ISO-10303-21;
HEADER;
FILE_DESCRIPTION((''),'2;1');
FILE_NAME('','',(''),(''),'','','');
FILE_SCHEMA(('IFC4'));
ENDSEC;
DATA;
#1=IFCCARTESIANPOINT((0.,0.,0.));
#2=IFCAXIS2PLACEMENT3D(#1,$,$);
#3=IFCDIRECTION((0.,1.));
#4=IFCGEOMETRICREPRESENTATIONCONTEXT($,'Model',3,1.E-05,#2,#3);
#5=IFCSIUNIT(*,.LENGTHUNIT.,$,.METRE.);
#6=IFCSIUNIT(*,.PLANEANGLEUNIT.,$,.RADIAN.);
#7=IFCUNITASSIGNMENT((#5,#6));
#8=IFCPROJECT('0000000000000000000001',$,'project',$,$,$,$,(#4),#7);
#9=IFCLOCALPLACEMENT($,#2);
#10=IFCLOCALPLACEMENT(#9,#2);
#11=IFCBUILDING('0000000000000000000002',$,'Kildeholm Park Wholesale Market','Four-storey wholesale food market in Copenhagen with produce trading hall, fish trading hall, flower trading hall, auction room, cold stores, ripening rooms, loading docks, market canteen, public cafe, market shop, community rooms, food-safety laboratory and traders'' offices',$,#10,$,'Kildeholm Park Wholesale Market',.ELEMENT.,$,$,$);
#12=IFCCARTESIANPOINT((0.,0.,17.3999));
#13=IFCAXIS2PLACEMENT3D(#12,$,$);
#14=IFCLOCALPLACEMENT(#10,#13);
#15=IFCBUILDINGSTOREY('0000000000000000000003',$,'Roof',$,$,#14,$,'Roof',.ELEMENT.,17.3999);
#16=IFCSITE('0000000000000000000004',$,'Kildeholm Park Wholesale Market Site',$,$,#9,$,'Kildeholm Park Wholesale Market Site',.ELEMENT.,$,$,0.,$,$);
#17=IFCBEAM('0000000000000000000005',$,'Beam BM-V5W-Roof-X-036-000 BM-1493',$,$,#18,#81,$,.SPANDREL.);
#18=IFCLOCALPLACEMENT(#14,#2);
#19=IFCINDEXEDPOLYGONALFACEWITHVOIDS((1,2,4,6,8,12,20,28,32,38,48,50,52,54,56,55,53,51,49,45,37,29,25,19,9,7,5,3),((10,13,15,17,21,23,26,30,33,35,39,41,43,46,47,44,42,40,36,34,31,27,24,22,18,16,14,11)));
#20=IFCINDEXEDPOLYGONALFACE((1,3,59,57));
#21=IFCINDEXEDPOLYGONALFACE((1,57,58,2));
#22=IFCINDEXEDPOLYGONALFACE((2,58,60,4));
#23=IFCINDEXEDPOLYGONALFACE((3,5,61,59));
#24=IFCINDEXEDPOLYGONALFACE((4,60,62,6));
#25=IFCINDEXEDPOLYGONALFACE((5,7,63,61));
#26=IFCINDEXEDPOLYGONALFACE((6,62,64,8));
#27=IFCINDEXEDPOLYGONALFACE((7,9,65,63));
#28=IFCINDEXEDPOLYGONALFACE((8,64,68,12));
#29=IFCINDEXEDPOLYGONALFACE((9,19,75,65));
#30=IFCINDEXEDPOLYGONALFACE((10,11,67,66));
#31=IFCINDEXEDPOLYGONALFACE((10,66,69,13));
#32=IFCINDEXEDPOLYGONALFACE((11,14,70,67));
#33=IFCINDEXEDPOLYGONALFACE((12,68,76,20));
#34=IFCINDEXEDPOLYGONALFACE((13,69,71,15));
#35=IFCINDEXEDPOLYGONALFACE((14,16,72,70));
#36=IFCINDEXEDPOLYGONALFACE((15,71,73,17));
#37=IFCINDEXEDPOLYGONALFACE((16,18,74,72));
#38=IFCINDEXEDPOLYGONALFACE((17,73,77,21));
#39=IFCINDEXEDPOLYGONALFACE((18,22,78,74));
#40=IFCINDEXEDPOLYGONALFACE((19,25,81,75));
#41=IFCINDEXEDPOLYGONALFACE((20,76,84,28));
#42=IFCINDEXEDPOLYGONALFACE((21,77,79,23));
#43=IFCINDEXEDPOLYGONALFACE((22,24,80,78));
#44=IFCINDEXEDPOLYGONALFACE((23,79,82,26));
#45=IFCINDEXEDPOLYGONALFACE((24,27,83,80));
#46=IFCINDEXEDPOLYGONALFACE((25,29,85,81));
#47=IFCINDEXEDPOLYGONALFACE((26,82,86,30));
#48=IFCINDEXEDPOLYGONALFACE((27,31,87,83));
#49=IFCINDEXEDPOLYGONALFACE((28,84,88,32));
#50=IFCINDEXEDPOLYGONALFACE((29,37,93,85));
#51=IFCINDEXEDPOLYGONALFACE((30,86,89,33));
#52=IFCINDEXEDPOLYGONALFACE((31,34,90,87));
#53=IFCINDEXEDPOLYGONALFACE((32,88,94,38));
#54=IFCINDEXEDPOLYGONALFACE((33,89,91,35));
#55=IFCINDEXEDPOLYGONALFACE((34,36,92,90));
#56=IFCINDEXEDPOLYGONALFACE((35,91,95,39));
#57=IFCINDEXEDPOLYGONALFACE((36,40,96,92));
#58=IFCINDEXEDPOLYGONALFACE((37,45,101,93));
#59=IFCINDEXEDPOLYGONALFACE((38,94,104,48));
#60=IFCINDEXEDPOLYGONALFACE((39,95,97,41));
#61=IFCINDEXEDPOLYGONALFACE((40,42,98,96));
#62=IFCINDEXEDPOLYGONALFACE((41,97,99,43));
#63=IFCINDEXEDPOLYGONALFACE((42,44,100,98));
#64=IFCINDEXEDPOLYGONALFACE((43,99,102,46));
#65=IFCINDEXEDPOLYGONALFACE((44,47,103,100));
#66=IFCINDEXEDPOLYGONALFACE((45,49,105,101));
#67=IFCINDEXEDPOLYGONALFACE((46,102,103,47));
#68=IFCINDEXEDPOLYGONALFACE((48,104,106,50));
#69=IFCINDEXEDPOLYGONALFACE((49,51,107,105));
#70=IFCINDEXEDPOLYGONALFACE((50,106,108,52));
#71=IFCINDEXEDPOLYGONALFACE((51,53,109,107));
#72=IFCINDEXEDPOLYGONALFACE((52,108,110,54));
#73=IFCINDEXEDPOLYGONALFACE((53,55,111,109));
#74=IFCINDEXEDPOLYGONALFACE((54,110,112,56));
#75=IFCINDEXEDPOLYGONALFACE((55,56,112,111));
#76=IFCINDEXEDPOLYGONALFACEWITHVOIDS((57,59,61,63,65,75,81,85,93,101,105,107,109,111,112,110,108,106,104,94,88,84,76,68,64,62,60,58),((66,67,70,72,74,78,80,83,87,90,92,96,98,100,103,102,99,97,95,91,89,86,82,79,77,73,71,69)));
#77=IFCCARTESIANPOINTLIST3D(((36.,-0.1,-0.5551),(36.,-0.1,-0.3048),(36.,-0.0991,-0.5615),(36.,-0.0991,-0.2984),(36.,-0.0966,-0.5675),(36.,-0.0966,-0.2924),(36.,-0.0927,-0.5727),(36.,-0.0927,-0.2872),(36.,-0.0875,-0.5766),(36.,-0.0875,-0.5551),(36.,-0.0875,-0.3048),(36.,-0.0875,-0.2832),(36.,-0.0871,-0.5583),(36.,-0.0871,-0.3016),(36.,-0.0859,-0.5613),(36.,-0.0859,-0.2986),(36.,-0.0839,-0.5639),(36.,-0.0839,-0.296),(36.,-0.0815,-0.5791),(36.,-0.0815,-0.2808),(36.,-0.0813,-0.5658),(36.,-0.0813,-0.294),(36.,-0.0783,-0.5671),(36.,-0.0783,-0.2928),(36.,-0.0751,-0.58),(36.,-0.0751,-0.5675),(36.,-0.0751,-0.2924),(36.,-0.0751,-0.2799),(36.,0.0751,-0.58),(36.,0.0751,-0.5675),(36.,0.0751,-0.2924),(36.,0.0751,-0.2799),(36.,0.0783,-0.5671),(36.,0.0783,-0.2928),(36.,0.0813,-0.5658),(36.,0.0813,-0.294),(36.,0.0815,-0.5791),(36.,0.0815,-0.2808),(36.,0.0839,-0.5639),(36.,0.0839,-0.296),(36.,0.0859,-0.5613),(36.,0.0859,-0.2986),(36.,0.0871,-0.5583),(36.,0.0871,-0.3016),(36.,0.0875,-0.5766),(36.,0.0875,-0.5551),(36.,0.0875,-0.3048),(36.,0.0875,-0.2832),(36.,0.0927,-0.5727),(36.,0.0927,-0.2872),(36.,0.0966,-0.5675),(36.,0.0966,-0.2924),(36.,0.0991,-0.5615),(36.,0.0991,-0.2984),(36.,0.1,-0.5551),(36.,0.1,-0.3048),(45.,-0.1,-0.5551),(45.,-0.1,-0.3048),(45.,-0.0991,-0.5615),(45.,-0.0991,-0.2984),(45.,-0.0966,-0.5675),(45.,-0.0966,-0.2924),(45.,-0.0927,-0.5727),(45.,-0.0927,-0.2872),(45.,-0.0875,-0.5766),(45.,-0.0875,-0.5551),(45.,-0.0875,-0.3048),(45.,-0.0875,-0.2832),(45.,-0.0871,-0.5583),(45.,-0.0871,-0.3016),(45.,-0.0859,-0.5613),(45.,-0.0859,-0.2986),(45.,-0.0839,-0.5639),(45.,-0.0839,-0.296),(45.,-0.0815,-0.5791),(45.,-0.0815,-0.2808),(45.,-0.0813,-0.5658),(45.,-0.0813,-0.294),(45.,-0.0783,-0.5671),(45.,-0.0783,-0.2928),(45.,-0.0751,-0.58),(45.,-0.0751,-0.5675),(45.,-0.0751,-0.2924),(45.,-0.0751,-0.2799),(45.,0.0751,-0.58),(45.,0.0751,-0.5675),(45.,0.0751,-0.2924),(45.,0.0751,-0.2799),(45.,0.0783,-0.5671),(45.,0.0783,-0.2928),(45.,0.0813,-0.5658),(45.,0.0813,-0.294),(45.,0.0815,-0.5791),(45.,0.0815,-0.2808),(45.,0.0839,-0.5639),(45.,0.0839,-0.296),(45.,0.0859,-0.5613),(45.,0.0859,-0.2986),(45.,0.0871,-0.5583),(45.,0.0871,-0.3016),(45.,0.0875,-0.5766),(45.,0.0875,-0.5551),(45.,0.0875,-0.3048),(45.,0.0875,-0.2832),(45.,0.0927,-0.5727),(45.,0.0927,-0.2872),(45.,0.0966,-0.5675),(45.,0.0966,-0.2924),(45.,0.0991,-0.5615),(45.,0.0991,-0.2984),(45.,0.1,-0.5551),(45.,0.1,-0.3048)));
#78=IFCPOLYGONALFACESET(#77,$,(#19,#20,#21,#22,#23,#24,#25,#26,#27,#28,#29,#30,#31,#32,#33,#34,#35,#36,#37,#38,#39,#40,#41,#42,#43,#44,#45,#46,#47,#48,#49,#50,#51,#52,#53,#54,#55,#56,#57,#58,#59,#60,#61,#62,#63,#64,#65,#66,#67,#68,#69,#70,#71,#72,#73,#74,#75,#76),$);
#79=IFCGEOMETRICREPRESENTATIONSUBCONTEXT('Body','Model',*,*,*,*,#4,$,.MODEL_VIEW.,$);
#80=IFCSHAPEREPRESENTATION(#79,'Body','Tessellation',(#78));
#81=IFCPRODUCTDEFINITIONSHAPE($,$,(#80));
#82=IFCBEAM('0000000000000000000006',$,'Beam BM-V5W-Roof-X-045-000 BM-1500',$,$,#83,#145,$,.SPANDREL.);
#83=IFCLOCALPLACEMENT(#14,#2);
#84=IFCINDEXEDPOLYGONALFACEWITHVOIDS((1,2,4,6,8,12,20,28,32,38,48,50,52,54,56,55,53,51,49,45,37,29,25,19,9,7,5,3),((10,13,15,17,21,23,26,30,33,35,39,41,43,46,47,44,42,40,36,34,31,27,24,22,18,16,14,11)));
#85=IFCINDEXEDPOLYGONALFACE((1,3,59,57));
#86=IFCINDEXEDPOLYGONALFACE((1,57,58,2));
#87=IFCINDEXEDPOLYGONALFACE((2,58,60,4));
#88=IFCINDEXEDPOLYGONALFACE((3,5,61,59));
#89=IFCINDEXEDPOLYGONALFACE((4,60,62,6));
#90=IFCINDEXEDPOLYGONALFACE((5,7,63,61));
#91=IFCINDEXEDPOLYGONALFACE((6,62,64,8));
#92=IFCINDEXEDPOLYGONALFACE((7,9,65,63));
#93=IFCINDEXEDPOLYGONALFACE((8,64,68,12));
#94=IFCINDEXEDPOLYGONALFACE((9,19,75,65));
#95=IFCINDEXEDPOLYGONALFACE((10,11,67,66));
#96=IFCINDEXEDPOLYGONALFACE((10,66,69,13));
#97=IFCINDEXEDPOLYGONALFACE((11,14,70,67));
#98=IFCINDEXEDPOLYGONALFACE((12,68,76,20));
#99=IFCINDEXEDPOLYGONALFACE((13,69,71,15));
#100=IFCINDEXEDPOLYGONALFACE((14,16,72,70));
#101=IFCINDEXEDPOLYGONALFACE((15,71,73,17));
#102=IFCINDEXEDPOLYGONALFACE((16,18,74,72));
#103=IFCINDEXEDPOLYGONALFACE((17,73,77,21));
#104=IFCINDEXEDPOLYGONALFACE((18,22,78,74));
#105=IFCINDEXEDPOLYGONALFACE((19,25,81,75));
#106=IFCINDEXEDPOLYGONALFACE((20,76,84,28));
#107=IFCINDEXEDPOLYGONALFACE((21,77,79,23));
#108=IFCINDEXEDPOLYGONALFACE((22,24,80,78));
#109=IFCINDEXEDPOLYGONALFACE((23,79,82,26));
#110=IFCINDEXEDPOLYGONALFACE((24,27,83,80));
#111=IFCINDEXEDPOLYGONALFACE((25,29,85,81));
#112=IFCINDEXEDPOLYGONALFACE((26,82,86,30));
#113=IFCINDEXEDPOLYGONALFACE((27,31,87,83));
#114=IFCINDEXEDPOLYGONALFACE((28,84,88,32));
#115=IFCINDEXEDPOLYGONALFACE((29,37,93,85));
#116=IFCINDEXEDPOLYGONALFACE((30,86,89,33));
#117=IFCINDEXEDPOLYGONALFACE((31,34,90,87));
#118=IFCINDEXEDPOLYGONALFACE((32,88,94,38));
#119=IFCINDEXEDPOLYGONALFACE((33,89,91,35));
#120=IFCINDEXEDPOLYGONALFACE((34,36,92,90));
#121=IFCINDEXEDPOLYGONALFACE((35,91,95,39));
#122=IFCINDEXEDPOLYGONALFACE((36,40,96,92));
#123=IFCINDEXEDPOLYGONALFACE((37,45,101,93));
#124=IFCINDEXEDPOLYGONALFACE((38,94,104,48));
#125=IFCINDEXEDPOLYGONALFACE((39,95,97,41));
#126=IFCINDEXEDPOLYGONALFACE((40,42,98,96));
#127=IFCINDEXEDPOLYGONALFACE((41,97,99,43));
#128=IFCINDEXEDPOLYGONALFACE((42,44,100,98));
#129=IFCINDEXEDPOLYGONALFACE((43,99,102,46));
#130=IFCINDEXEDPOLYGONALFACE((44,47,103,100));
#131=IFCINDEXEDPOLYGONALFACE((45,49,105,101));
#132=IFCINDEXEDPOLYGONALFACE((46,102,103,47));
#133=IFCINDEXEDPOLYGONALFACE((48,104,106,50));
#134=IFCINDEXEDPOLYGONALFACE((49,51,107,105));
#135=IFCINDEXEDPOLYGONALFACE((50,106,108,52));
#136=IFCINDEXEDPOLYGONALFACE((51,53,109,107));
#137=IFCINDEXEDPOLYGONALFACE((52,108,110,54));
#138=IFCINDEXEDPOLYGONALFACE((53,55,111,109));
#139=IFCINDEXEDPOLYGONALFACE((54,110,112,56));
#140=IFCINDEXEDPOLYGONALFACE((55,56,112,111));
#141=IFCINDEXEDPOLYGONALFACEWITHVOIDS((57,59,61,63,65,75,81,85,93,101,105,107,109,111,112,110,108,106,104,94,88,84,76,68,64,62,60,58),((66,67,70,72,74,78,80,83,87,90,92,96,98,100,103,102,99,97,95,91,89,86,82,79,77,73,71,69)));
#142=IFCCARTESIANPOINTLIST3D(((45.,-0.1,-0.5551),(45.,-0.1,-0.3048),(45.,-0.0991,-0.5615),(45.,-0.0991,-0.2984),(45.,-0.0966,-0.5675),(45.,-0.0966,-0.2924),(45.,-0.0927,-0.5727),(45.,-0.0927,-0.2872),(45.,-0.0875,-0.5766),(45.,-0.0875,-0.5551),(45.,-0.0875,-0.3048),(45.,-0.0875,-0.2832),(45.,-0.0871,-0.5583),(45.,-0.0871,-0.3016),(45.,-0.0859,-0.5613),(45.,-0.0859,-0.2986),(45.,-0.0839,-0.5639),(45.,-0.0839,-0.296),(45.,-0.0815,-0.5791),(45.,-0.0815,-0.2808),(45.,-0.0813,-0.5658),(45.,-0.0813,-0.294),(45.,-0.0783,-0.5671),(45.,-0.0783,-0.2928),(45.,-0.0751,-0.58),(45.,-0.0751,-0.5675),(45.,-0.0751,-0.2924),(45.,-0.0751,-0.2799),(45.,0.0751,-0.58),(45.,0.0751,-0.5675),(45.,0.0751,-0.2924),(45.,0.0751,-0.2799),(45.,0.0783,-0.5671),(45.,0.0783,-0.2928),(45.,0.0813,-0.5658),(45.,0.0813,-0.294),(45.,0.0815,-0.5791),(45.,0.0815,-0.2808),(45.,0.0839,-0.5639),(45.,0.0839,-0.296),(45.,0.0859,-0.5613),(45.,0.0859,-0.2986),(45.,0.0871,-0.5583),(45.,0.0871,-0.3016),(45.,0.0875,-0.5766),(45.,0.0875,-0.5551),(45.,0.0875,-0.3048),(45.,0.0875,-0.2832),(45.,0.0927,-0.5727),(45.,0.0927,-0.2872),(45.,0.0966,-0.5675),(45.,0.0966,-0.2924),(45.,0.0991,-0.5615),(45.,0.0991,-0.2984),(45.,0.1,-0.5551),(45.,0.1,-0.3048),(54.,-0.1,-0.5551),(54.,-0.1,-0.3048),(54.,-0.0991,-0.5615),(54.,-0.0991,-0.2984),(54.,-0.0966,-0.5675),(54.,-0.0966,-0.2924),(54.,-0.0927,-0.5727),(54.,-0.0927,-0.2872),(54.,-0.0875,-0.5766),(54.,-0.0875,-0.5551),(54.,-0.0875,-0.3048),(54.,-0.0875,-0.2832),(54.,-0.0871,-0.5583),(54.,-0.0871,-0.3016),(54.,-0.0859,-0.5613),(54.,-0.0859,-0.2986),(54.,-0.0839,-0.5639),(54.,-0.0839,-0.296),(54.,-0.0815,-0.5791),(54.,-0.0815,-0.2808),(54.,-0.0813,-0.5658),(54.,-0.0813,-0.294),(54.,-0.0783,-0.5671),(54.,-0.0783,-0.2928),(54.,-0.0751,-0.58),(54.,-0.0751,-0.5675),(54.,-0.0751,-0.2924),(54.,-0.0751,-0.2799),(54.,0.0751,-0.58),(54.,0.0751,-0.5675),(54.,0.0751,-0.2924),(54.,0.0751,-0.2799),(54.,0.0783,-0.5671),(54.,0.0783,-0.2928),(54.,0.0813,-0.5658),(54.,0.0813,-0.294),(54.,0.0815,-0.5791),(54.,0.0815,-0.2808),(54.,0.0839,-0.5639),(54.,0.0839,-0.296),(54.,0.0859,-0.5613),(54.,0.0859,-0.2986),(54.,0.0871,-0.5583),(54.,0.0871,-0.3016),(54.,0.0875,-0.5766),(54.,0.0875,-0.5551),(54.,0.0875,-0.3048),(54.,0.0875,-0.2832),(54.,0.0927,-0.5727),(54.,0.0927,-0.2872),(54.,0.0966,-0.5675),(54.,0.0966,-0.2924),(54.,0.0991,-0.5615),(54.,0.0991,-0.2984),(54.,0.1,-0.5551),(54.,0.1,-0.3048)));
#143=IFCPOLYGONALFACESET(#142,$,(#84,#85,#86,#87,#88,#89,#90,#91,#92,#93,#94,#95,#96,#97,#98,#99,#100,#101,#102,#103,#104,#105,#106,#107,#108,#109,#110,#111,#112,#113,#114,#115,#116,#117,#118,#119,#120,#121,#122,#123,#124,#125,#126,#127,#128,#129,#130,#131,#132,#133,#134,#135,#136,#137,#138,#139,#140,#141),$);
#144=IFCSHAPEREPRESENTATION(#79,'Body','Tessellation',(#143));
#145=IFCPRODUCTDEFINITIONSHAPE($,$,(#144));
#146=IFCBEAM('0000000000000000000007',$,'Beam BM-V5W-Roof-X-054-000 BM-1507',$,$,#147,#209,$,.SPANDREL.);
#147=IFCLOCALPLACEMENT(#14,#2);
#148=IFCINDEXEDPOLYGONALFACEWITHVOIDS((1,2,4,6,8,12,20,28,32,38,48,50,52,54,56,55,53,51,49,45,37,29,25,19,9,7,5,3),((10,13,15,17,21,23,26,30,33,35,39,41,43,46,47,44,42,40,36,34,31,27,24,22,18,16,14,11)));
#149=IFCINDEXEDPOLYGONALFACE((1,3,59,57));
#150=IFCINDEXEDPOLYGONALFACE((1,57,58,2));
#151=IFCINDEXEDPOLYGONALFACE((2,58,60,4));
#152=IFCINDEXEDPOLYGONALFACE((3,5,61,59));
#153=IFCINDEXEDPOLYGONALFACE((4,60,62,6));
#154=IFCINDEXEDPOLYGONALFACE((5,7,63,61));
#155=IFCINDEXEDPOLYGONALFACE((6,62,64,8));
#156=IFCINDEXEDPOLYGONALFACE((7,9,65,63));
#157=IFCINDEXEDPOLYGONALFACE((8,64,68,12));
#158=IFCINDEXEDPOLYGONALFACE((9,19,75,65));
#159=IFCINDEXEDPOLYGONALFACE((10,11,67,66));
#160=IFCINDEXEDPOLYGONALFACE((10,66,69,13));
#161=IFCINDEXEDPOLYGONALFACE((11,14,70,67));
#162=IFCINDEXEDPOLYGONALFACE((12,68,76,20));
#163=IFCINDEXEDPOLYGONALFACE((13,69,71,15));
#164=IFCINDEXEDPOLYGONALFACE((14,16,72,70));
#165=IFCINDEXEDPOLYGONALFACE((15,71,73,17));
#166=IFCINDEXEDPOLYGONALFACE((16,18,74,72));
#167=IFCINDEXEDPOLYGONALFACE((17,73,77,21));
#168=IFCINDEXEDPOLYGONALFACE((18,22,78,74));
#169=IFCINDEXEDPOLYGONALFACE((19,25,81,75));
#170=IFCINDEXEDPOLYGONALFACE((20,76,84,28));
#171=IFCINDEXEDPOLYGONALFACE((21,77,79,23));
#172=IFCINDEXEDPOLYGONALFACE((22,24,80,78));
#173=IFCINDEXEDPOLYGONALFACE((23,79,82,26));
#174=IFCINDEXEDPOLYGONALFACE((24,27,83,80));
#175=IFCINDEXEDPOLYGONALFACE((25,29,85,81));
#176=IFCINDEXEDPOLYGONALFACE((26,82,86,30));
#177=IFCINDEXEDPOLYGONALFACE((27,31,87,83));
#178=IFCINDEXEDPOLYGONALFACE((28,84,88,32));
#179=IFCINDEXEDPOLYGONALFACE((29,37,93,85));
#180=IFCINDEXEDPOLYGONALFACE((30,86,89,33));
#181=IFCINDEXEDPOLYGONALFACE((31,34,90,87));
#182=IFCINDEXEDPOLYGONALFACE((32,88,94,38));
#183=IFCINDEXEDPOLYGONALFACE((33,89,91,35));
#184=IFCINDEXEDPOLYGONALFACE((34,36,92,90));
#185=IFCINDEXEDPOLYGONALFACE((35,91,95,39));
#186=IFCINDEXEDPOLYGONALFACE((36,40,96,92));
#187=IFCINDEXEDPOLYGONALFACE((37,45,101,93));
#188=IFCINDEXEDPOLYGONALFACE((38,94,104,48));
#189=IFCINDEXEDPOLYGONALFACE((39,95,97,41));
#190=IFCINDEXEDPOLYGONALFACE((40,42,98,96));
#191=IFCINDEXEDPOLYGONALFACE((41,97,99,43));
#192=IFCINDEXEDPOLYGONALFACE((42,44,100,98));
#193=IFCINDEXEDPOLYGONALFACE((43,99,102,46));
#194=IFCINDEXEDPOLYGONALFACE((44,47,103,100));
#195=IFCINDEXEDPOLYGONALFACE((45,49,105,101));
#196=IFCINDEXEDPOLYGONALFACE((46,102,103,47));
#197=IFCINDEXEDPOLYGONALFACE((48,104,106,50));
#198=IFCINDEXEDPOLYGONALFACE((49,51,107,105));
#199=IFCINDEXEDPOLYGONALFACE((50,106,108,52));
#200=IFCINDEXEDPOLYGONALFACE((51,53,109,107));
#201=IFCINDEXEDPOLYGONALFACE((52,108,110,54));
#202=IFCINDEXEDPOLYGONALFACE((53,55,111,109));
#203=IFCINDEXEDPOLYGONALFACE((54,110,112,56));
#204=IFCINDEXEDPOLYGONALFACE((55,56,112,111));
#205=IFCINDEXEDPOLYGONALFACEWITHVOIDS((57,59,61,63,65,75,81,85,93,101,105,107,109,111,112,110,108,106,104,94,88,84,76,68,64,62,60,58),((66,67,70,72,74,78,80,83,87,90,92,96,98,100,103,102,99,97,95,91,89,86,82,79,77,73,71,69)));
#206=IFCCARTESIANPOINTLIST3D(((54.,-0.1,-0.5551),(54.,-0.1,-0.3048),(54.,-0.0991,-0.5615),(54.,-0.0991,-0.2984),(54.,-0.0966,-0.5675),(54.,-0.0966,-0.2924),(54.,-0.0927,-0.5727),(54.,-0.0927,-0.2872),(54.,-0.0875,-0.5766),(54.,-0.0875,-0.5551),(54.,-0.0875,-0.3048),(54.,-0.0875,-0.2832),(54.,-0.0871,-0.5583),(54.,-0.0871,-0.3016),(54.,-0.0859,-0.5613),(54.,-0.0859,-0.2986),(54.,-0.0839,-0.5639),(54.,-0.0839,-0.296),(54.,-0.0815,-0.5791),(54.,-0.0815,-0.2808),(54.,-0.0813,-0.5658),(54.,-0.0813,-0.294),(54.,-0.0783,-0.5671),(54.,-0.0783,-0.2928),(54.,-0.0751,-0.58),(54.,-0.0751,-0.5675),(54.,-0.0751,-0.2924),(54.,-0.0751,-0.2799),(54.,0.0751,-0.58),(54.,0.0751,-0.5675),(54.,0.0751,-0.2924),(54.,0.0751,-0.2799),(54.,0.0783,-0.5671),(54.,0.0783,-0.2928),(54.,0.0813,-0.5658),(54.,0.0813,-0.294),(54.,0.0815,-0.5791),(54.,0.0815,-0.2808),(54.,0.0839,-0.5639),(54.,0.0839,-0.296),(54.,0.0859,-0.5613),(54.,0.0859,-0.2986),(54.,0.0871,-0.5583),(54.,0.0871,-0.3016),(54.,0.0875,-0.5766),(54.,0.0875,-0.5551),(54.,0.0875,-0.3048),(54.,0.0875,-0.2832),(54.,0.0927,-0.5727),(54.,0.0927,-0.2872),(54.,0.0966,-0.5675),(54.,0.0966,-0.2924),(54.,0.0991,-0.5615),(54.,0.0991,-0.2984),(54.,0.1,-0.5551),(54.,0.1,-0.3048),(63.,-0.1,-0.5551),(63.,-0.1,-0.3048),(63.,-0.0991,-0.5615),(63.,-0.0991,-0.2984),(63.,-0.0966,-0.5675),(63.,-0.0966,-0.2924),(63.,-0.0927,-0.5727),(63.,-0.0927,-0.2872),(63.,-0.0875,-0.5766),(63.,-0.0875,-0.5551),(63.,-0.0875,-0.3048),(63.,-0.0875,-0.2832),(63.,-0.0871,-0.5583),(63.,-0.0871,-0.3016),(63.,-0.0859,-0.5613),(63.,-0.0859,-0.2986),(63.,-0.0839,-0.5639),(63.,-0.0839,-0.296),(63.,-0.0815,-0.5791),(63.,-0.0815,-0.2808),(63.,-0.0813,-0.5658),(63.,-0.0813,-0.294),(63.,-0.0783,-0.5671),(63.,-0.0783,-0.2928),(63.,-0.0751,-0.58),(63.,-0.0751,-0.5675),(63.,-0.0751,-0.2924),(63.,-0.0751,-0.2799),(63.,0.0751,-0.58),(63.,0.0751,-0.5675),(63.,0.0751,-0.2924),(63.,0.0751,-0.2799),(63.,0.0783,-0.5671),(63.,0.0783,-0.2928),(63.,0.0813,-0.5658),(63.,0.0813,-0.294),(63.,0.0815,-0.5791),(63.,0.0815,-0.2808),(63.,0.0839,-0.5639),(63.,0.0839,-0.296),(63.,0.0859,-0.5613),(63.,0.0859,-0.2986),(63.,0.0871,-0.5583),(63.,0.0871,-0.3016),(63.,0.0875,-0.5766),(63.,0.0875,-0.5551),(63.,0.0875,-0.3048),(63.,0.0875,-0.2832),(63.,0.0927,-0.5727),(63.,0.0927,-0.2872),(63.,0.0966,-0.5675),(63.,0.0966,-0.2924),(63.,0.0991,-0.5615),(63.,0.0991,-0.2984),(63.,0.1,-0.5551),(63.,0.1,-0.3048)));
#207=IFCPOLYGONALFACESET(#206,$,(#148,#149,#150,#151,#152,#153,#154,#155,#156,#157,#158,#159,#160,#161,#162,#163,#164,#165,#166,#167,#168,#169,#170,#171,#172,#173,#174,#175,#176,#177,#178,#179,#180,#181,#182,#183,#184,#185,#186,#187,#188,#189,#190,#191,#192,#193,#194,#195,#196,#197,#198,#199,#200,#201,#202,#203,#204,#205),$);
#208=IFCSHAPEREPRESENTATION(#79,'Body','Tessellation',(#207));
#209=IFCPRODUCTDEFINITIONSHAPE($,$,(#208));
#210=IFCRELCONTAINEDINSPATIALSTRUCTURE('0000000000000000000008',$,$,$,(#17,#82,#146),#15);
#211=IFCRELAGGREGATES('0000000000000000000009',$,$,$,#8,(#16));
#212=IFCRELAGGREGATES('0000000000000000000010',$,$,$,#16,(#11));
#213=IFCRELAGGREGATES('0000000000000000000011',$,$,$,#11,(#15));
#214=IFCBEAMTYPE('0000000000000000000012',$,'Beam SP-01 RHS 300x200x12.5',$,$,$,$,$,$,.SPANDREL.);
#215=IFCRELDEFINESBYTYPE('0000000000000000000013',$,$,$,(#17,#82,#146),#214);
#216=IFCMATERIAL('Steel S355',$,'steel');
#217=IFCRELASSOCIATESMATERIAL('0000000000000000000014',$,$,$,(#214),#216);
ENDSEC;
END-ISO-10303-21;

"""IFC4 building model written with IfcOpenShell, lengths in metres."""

from ifc_helpers import new_model, si_unit, direction, frame, origin, origin_2d, place, context, subcontext, project, spatial, hollow_rectangle, extrude, material, material_profile, profile_set, type_object, element, save


model = new_model("IFC4")

# Units and contexts
model_context = context("Model", 3, precision=1e-05, world=origin(), true_north=direction((0.0, 1.0)))
body_context = subcontext(model_context, "Body", "Model", "MODEL_VIEW")
ifc_project = project(units=[si_unit("LENGTHUNIT", "METRE"), si_unit("PLANEANGLEUNIT", "RADIAN")], contexts=[model_context])

# Site, building, storey
site_placement = place(None, origin())
site = spatial("IfcSite", under=ifc_project, at=site_placement, Name="Kildeholm Park Wholesale Market Site", LongName="Kildeholm Park Wholesale Market Site", CompositionType="ELEMENT", RefElevation=0.0)
building_placement = place(site_placement, origin())
building = spatial("IfcBuilding", under=site, at=building_placement, Name="Kildeholm Park Wholesale Market", Description="Four-storey wholesale food market in Copenhagen with produce trading hall, fish trading hall, flower trading hall, auction room, cold stores, ripening rooms, loading docks, market canteen, public cafe, market shop, community rooms, food-safety laboratory and traders' offices", LongName="Kildeholm Park Wholesale Market", CompositionType="ELEMENT")
storey_placement = place(building_placement, frame((0.0, 0.0, 17.3999)))
storey = spatial("IfcBuildingStorey", under=building, at=storey_placement, Name="Roof", LongName="Roof", CompositionType="ELEMENT", Elevation=17.3999)

# Beams
ifc_material = material(Name="Steel S355", Category="steel")
ifc_material_profile_1 = material_profile(ifc_material, hollow_rectangle(XDim=0.2, YDim=0.3, WallThickness=0.0125, InnerFilletRadius=0.0125, OuterFilletRadius=0.0249, at=origin_2d()), Name="RHS 300x200x12.5")
ifc_profile_set_1 = profile_set([ifc_material_profile_1], Name="Steel S355")
beam_type_1 = type_object("IfcBeamType", Name="Beam SP-01 RHS 300x200x12.5", PredefinedType="SPANDREL", material=ifc_profile_set_1)
for number, where, z_axis, x_axis, name in (
    (1, (36.0, 0.0, -0.4299), (1.0, 0.0, 0.0), (0.0, 1.0, 0.0), "Beam BM-V5W-Roof-X-036-000 BM-1493"),
    (2, (45.0, 0.0, -0.4299), (1.0, 0.0, 0.0), (0.0, 1.0, 0.0), "Beam BM-V5W-Roof-X-045-000 BM-1500"),
    (3, (54.0, 0.0, -0.4299), (1.0, 0.0, 0.0), (0.0, 1.0, 0.0), "Beam BM-V5W-Roof-X-054-000 BM-1507"),
):
    element("IfcBeam", number, at=place(storey_placement, frame(where, z_axis=z_axis, x_axis=x_axis)), inside=storey, type_object=beam_type_1, Name=name, PredefinedType="SPANDREL", context=body_context, shape_type="SweptSolid", body=[
        extrude(hollow_rectangle(XDim=0.2, YDim=0.3, WallThickness=0.0125, InnerFilletRadius=0.0125, OuterFilletRadius=0.0249, at=origin_2d()), origin(), (0.0, 0.0, 1.0), 9.0),
    ])

save(model, "model.ifc")
